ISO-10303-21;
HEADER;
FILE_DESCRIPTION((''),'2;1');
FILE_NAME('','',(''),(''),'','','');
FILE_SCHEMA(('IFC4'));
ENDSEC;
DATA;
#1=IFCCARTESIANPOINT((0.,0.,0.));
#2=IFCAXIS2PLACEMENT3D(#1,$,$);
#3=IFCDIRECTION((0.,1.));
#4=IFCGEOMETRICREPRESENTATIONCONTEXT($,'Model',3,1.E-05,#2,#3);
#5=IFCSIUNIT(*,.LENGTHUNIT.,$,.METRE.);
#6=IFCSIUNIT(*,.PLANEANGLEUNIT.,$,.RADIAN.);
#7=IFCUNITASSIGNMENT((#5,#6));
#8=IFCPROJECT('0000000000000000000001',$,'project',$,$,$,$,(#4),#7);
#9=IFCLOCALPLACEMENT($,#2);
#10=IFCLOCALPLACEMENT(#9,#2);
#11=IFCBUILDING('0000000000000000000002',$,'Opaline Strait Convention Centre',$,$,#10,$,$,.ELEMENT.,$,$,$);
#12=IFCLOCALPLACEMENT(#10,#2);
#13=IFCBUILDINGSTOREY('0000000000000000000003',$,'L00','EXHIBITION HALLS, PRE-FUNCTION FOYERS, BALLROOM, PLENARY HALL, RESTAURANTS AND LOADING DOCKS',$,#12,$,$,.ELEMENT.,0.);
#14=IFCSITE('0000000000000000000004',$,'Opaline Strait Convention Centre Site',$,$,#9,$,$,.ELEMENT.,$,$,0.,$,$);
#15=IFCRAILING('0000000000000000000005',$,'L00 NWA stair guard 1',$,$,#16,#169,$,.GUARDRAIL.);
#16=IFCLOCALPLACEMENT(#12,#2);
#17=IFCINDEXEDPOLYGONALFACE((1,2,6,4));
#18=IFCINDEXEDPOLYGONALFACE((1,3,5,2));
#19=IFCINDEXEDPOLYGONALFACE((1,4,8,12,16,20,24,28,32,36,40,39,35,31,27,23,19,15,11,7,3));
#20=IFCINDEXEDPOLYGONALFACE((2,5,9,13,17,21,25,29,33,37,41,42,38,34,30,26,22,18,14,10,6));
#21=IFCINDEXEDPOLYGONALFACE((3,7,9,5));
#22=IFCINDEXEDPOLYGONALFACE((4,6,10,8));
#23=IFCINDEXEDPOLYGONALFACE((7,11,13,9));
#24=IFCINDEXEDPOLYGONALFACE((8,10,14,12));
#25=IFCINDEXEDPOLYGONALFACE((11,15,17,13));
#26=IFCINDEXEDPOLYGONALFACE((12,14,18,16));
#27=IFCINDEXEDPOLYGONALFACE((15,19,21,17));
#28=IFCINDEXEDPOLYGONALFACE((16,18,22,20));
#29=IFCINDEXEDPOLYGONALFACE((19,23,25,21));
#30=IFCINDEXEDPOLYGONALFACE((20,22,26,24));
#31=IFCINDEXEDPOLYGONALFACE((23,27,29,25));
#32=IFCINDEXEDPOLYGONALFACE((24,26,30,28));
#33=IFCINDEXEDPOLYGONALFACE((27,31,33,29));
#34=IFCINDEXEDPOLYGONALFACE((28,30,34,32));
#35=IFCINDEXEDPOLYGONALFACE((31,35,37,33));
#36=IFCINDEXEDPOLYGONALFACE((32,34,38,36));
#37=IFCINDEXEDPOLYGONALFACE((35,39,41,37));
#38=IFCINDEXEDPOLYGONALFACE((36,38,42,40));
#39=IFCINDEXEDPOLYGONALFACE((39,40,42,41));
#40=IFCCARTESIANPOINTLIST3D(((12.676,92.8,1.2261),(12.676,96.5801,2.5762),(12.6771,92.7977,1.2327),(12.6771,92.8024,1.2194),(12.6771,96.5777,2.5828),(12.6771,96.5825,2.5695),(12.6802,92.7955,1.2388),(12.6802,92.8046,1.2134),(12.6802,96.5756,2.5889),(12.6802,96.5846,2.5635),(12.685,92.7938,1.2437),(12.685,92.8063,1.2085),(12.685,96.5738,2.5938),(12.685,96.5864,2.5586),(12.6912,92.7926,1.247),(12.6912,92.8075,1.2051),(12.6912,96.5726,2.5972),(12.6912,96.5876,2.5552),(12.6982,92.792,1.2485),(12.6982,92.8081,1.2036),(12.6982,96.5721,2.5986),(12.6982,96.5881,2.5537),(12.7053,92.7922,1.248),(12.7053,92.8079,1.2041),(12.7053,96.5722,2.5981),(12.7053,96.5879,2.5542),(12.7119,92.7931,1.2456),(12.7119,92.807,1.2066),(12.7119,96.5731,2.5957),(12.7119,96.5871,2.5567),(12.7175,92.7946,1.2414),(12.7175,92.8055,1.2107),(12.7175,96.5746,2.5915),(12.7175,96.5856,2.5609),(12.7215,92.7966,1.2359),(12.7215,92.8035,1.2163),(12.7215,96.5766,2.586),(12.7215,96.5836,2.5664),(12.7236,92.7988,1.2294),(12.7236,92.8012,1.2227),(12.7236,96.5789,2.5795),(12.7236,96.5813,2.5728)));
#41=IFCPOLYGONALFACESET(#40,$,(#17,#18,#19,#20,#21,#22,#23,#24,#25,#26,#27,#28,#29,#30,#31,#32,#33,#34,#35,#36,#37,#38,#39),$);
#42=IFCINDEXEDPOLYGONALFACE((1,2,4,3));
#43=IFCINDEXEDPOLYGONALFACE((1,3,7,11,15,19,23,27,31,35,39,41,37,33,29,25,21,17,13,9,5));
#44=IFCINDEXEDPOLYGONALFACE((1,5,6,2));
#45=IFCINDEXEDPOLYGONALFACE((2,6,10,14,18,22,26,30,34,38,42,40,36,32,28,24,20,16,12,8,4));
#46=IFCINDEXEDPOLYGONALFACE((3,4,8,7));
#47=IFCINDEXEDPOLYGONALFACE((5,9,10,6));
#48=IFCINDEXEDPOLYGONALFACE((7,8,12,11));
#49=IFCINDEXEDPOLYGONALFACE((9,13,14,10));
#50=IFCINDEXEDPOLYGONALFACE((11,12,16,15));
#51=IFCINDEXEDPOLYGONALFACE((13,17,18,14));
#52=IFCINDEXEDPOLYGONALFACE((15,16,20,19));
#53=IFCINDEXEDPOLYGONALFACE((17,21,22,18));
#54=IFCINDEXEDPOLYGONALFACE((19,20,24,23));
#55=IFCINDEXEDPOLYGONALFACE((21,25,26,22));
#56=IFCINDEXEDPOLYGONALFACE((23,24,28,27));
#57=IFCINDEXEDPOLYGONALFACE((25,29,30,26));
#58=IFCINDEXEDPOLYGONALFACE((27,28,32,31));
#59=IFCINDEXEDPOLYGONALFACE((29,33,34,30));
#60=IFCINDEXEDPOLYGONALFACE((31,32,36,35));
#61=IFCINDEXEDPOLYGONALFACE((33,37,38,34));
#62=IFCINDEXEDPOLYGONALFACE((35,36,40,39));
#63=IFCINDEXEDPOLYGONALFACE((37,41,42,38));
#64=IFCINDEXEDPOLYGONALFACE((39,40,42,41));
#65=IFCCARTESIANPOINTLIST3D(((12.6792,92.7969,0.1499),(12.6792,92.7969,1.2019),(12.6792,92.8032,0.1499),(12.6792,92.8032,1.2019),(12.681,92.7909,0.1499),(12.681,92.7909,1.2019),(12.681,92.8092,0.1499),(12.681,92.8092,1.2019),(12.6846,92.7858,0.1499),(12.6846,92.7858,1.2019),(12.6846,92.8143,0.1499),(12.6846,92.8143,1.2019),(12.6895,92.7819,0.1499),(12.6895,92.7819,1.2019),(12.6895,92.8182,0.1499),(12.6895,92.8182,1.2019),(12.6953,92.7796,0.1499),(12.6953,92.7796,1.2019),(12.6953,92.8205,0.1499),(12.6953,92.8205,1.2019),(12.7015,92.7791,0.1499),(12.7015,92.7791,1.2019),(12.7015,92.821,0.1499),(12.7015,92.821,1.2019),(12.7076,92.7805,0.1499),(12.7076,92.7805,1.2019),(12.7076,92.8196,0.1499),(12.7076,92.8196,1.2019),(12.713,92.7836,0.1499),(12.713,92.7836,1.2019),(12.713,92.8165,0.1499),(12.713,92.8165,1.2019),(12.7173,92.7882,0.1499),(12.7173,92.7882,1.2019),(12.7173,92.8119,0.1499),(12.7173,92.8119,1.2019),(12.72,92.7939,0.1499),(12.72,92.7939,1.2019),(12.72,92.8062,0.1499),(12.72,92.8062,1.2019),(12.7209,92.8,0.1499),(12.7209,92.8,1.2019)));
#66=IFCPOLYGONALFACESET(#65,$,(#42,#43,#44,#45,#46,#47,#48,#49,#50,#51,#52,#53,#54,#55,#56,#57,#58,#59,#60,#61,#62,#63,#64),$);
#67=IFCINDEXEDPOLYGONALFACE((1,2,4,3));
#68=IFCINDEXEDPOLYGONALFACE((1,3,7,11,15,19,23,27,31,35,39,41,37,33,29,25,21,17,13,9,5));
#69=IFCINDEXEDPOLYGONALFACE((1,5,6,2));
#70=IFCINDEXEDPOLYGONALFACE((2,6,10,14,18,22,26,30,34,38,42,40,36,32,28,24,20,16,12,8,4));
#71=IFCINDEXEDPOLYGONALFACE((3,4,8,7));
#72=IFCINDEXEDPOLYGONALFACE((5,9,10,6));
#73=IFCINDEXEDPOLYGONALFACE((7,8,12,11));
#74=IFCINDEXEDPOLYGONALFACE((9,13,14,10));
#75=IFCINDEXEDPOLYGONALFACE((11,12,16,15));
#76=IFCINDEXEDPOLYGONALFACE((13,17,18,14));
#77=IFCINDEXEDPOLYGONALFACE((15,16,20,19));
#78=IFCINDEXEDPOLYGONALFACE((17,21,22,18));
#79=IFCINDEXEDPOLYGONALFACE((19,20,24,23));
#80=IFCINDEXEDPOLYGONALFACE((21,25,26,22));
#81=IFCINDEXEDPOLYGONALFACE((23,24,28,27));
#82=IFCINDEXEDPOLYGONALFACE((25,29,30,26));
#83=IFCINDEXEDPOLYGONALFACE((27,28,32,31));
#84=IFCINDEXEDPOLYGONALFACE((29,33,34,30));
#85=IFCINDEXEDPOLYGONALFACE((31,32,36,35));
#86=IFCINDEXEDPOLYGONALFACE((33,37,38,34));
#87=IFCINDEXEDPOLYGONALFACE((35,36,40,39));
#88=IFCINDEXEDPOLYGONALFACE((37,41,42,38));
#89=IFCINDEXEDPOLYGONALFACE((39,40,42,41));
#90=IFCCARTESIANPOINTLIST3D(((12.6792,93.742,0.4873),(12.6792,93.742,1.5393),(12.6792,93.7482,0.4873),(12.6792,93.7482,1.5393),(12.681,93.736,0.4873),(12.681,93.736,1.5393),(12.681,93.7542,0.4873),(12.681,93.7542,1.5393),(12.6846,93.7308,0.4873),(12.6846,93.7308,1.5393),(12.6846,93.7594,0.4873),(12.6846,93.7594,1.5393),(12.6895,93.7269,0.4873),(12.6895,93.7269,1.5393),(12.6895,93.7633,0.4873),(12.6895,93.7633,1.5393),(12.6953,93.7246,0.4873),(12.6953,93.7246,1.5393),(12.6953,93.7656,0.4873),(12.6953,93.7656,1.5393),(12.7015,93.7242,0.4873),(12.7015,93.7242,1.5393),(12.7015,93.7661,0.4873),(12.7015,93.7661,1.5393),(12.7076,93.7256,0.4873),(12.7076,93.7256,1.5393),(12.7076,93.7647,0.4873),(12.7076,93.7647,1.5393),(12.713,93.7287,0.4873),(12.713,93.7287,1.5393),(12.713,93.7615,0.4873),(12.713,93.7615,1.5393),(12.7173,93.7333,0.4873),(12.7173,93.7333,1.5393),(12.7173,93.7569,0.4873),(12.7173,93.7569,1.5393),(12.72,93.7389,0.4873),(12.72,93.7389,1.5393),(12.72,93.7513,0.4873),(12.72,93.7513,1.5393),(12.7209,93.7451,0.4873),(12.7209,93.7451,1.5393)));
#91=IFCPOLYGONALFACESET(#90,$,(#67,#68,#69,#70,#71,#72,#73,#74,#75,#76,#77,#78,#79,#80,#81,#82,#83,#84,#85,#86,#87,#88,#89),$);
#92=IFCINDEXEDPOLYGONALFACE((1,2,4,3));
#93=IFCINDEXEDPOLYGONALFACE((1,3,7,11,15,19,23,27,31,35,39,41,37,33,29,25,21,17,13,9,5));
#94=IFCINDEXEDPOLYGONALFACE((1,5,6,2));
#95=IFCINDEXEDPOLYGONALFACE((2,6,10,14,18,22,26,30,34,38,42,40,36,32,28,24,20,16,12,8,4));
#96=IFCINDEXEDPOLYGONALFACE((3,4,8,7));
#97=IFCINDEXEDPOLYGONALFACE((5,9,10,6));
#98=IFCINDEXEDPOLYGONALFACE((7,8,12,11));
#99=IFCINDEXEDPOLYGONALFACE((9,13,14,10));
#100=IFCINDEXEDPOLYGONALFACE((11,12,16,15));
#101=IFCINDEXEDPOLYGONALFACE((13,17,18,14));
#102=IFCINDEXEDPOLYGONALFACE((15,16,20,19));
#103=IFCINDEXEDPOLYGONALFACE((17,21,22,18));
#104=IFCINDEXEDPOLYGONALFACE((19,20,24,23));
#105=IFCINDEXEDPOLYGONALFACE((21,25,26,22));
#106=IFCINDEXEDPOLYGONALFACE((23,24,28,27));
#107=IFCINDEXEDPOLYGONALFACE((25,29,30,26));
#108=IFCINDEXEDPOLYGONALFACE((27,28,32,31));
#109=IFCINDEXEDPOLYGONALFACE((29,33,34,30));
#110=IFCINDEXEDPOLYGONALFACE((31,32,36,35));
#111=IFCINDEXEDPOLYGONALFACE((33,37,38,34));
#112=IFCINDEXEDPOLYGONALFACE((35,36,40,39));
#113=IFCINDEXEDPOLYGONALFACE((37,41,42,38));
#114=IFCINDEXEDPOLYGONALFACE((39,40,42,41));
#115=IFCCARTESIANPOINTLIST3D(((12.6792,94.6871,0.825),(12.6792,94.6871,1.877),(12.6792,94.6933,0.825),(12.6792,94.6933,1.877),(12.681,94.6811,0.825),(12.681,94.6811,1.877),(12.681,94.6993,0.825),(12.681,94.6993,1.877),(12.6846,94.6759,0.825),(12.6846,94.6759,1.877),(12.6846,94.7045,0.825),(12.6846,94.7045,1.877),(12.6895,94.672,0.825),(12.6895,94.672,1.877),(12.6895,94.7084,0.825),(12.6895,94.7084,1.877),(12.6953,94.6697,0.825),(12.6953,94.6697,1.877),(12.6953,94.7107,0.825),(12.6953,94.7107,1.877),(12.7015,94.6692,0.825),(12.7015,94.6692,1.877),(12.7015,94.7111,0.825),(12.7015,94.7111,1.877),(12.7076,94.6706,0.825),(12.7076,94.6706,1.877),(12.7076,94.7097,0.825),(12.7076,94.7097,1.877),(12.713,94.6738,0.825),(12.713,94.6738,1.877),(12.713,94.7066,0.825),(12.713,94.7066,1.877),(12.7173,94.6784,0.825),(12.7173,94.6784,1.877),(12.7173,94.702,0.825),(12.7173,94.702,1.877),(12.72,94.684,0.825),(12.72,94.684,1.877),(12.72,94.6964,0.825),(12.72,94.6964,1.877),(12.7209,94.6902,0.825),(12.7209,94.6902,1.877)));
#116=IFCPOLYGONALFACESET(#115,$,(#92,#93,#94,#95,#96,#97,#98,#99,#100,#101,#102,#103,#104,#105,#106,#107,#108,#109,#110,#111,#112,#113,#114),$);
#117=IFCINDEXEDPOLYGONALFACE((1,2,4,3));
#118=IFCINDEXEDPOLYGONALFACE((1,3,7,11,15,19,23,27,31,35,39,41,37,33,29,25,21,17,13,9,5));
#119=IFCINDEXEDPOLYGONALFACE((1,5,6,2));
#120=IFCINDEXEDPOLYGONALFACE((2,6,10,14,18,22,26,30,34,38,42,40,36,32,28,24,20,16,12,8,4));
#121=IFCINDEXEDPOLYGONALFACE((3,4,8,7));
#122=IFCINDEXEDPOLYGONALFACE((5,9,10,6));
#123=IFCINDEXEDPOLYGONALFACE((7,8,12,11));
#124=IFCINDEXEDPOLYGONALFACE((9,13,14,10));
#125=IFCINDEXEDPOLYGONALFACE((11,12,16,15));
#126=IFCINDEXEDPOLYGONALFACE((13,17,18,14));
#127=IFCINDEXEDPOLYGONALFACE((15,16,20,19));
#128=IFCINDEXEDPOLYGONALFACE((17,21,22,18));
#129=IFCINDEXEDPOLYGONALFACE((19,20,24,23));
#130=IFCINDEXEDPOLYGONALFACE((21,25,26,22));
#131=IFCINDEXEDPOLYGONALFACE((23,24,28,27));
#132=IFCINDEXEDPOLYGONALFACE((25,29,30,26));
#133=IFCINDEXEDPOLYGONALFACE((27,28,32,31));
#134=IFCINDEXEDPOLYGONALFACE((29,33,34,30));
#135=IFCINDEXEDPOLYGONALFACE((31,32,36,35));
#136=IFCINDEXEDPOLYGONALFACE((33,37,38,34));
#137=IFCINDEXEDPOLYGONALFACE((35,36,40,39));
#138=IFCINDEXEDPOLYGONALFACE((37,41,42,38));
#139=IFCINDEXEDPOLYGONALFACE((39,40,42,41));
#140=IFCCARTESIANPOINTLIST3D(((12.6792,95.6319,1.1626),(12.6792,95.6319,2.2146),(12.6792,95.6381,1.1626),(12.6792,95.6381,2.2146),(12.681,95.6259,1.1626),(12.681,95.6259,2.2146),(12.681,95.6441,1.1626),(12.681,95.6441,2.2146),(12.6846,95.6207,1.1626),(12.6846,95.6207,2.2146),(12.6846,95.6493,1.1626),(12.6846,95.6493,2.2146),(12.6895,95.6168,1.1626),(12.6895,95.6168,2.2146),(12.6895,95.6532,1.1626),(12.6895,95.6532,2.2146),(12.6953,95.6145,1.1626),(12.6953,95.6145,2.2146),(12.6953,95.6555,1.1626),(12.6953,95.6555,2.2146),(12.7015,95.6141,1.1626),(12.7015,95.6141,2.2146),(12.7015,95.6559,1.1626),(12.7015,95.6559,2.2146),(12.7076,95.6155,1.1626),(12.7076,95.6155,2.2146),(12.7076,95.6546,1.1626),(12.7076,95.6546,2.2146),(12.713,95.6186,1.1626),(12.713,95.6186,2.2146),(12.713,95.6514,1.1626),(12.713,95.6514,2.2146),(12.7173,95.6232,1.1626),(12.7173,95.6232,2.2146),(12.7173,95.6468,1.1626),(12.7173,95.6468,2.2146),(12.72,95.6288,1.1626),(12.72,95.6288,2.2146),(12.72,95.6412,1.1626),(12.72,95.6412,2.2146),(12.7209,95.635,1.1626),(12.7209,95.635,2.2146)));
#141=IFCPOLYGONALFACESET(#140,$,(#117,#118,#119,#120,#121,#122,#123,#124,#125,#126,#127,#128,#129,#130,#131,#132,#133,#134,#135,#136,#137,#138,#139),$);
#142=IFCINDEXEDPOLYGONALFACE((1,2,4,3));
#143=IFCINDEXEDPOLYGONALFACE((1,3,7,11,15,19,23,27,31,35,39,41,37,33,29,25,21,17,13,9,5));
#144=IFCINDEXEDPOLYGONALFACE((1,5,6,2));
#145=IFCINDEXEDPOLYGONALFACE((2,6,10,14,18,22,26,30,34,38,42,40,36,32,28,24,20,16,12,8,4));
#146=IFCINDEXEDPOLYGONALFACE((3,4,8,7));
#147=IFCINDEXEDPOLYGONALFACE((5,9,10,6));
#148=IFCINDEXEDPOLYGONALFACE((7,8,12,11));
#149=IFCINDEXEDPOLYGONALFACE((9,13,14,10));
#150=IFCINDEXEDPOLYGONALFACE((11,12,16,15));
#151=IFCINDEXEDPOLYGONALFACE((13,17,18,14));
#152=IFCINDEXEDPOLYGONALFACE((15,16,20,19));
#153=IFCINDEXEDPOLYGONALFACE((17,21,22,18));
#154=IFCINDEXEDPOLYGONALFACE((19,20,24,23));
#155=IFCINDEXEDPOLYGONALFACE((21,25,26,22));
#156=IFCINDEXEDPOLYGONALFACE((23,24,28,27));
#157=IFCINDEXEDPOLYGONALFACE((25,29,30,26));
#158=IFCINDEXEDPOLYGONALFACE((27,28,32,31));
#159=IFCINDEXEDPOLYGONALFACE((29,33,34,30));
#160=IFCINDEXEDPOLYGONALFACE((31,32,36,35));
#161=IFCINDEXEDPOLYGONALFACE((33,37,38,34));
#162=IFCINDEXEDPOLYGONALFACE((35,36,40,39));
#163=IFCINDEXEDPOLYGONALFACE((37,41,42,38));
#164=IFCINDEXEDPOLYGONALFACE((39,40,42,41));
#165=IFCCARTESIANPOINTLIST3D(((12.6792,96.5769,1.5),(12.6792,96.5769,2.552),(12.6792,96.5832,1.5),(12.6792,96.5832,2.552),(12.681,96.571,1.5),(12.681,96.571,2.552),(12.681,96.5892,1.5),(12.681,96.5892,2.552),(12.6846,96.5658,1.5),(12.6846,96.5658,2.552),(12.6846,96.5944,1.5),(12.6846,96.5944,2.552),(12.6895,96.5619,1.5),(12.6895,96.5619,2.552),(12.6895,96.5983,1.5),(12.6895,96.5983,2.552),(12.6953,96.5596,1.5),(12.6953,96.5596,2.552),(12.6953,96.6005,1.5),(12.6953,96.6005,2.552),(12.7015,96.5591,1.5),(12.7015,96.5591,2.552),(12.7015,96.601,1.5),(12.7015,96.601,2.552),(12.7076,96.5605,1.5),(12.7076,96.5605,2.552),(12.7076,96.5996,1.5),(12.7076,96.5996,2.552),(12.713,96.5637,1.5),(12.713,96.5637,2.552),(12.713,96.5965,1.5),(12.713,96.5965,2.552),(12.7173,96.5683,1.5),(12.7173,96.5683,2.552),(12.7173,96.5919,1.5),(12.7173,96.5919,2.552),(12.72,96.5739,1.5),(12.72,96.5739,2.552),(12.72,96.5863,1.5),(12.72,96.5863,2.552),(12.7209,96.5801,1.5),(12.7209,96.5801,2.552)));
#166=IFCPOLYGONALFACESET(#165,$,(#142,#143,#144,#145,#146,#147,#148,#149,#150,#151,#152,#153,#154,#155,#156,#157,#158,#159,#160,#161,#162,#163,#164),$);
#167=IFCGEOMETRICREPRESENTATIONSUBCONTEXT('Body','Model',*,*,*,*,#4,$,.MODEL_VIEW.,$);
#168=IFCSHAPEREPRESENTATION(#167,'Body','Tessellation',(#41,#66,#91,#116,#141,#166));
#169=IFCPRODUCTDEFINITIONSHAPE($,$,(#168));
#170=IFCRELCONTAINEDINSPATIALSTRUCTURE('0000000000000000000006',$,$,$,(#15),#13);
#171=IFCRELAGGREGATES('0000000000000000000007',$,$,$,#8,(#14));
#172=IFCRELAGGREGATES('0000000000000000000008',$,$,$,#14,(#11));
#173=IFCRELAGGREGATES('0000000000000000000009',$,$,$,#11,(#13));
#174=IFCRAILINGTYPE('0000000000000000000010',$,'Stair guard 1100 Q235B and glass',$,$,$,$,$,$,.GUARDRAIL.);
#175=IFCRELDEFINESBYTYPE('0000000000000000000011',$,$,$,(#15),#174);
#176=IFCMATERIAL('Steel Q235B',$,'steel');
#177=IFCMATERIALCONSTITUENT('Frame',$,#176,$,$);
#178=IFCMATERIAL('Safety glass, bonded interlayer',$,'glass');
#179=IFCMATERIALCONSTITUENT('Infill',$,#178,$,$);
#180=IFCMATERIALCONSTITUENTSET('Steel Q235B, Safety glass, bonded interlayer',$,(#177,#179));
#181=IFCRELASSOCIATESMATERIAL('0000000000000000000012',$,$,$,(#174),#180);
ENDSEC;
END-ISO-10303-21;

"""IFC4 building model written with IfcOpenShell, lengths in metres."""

from ifc_helpers import new_model, si_unit, direction, frame, origin, origin_2d, place, context, subcontext, project, spatial, circle, extrude, material, constituent, constituent_set, type_object, element, save


model = new_model("IFC4")

# Units and contexts
model_context = context("Model", 3, precision=1e-05, world=origin(), true_north=direction((0.0, 1.0)))
body_context = subcontext(model_context, "Body", "Model", "MODEL_VIEW")
ifc_project = project(units=[si_unit("LENGTHUNIT", "METRE"), si_unit("PLANEANGLEUNIT", "RADIAN")], contexts=[model_context])

# Site, building, storey
site_placement = place(None, origin())
site = spatial("IfcSite", under=ifc_project, at=site_placement, Name="Opaline Strait Convention Centre Site", CompositionType="ELEMENT", RefElevation=0.0)
building_placement = place(site_placement, origin())
building = spatial("IfcBuilding", under=site, at=building_placement, Name="Opaline Strait Convention Centre", CompositionType="ELEMENT")
storey_placement = place(building_placement, origin())
storey = spatial("IfcBuildingStorey", under=building, at=storey_placement, Name="L00", Description="EXHIBITION HALLS, PRE-FUNCTION FOYERS, BALLROOM, PLENARY HALL, RESTAURANTS AND LOADING DOCKS", CompositionType="ELEMENT", Elevation=0.0)

# Railing
ifc_material_1 = material(Name="Steel Q235B", Category="steel")
ifc_constituent_1 = constituent(ifc_material_1, Name="Frame")
ifc_material_2 = material(Name="Safety glass, bonded interlayer", Category="glass")
ifc_constituent_2 = constituent(ifc_material_2, Name="Infill")
ifc_constituent_set = constituent_set(constituents=[ifc_constituent_1, ifc_constituent_2], Name="Steel Q235B, Safety glass, bonded interlayer")
railing_type_1 = type_object("IfcRailingType", Name="Stair guard 1100 Q235B and glass", PredefinedType="GUARDRAIL", material=ifc_constituent_set)
railing_1_placement = place(storey_placement, frame((12.7, 92.8, 0.1499)))
element("IfcRailing", 1, at=railing_1_placement, inside=storey, type_object=railing_type_1, Name="L00 NWA stair guard 1", PredefinedType="GUARDRAIL", context=body_context, shape_type="SweptSolid", body=[
    extrude(circle(Radius=0.0239, at=origin_2d()), frame((0.0, 0.0, 1.0762), z_axis=(0.0, 0.941735, 0.336356), x_axis=(-1.0, 0.0, 0.0)), (0.0, 0.0, 1.0), 4.0139),
    extrude(circle(Radius=0.021, at=origin_2d()), origin(), (0.0, 0.0, 1.0), 1.052),
    extrude(circle(Radius=0.021, at=origin_2d()), frame((0.0, 0.9451, 0.3374)), (0.0, 0.0, 1.0), 1.052),
    extrude(circle(Radius=0.021, at=origin_2d()), frame((0.0, 1.8901, 0.675)), (0.0, 0.0, 1.0), 1.052),
    extrude(circle(Radius=0.021, at=origin_2d()), frame((0.0, 2.835, 1.0127)), (0.0, 0.0, 1.0), 1.052),
    extrude(circle(Radius=0.021, at=origin_2d()), frame((0.0, 3.78, 1.3501)), (0.0, 0.0, 1.0), 1.052),
])

save(model, "model.ifc")
